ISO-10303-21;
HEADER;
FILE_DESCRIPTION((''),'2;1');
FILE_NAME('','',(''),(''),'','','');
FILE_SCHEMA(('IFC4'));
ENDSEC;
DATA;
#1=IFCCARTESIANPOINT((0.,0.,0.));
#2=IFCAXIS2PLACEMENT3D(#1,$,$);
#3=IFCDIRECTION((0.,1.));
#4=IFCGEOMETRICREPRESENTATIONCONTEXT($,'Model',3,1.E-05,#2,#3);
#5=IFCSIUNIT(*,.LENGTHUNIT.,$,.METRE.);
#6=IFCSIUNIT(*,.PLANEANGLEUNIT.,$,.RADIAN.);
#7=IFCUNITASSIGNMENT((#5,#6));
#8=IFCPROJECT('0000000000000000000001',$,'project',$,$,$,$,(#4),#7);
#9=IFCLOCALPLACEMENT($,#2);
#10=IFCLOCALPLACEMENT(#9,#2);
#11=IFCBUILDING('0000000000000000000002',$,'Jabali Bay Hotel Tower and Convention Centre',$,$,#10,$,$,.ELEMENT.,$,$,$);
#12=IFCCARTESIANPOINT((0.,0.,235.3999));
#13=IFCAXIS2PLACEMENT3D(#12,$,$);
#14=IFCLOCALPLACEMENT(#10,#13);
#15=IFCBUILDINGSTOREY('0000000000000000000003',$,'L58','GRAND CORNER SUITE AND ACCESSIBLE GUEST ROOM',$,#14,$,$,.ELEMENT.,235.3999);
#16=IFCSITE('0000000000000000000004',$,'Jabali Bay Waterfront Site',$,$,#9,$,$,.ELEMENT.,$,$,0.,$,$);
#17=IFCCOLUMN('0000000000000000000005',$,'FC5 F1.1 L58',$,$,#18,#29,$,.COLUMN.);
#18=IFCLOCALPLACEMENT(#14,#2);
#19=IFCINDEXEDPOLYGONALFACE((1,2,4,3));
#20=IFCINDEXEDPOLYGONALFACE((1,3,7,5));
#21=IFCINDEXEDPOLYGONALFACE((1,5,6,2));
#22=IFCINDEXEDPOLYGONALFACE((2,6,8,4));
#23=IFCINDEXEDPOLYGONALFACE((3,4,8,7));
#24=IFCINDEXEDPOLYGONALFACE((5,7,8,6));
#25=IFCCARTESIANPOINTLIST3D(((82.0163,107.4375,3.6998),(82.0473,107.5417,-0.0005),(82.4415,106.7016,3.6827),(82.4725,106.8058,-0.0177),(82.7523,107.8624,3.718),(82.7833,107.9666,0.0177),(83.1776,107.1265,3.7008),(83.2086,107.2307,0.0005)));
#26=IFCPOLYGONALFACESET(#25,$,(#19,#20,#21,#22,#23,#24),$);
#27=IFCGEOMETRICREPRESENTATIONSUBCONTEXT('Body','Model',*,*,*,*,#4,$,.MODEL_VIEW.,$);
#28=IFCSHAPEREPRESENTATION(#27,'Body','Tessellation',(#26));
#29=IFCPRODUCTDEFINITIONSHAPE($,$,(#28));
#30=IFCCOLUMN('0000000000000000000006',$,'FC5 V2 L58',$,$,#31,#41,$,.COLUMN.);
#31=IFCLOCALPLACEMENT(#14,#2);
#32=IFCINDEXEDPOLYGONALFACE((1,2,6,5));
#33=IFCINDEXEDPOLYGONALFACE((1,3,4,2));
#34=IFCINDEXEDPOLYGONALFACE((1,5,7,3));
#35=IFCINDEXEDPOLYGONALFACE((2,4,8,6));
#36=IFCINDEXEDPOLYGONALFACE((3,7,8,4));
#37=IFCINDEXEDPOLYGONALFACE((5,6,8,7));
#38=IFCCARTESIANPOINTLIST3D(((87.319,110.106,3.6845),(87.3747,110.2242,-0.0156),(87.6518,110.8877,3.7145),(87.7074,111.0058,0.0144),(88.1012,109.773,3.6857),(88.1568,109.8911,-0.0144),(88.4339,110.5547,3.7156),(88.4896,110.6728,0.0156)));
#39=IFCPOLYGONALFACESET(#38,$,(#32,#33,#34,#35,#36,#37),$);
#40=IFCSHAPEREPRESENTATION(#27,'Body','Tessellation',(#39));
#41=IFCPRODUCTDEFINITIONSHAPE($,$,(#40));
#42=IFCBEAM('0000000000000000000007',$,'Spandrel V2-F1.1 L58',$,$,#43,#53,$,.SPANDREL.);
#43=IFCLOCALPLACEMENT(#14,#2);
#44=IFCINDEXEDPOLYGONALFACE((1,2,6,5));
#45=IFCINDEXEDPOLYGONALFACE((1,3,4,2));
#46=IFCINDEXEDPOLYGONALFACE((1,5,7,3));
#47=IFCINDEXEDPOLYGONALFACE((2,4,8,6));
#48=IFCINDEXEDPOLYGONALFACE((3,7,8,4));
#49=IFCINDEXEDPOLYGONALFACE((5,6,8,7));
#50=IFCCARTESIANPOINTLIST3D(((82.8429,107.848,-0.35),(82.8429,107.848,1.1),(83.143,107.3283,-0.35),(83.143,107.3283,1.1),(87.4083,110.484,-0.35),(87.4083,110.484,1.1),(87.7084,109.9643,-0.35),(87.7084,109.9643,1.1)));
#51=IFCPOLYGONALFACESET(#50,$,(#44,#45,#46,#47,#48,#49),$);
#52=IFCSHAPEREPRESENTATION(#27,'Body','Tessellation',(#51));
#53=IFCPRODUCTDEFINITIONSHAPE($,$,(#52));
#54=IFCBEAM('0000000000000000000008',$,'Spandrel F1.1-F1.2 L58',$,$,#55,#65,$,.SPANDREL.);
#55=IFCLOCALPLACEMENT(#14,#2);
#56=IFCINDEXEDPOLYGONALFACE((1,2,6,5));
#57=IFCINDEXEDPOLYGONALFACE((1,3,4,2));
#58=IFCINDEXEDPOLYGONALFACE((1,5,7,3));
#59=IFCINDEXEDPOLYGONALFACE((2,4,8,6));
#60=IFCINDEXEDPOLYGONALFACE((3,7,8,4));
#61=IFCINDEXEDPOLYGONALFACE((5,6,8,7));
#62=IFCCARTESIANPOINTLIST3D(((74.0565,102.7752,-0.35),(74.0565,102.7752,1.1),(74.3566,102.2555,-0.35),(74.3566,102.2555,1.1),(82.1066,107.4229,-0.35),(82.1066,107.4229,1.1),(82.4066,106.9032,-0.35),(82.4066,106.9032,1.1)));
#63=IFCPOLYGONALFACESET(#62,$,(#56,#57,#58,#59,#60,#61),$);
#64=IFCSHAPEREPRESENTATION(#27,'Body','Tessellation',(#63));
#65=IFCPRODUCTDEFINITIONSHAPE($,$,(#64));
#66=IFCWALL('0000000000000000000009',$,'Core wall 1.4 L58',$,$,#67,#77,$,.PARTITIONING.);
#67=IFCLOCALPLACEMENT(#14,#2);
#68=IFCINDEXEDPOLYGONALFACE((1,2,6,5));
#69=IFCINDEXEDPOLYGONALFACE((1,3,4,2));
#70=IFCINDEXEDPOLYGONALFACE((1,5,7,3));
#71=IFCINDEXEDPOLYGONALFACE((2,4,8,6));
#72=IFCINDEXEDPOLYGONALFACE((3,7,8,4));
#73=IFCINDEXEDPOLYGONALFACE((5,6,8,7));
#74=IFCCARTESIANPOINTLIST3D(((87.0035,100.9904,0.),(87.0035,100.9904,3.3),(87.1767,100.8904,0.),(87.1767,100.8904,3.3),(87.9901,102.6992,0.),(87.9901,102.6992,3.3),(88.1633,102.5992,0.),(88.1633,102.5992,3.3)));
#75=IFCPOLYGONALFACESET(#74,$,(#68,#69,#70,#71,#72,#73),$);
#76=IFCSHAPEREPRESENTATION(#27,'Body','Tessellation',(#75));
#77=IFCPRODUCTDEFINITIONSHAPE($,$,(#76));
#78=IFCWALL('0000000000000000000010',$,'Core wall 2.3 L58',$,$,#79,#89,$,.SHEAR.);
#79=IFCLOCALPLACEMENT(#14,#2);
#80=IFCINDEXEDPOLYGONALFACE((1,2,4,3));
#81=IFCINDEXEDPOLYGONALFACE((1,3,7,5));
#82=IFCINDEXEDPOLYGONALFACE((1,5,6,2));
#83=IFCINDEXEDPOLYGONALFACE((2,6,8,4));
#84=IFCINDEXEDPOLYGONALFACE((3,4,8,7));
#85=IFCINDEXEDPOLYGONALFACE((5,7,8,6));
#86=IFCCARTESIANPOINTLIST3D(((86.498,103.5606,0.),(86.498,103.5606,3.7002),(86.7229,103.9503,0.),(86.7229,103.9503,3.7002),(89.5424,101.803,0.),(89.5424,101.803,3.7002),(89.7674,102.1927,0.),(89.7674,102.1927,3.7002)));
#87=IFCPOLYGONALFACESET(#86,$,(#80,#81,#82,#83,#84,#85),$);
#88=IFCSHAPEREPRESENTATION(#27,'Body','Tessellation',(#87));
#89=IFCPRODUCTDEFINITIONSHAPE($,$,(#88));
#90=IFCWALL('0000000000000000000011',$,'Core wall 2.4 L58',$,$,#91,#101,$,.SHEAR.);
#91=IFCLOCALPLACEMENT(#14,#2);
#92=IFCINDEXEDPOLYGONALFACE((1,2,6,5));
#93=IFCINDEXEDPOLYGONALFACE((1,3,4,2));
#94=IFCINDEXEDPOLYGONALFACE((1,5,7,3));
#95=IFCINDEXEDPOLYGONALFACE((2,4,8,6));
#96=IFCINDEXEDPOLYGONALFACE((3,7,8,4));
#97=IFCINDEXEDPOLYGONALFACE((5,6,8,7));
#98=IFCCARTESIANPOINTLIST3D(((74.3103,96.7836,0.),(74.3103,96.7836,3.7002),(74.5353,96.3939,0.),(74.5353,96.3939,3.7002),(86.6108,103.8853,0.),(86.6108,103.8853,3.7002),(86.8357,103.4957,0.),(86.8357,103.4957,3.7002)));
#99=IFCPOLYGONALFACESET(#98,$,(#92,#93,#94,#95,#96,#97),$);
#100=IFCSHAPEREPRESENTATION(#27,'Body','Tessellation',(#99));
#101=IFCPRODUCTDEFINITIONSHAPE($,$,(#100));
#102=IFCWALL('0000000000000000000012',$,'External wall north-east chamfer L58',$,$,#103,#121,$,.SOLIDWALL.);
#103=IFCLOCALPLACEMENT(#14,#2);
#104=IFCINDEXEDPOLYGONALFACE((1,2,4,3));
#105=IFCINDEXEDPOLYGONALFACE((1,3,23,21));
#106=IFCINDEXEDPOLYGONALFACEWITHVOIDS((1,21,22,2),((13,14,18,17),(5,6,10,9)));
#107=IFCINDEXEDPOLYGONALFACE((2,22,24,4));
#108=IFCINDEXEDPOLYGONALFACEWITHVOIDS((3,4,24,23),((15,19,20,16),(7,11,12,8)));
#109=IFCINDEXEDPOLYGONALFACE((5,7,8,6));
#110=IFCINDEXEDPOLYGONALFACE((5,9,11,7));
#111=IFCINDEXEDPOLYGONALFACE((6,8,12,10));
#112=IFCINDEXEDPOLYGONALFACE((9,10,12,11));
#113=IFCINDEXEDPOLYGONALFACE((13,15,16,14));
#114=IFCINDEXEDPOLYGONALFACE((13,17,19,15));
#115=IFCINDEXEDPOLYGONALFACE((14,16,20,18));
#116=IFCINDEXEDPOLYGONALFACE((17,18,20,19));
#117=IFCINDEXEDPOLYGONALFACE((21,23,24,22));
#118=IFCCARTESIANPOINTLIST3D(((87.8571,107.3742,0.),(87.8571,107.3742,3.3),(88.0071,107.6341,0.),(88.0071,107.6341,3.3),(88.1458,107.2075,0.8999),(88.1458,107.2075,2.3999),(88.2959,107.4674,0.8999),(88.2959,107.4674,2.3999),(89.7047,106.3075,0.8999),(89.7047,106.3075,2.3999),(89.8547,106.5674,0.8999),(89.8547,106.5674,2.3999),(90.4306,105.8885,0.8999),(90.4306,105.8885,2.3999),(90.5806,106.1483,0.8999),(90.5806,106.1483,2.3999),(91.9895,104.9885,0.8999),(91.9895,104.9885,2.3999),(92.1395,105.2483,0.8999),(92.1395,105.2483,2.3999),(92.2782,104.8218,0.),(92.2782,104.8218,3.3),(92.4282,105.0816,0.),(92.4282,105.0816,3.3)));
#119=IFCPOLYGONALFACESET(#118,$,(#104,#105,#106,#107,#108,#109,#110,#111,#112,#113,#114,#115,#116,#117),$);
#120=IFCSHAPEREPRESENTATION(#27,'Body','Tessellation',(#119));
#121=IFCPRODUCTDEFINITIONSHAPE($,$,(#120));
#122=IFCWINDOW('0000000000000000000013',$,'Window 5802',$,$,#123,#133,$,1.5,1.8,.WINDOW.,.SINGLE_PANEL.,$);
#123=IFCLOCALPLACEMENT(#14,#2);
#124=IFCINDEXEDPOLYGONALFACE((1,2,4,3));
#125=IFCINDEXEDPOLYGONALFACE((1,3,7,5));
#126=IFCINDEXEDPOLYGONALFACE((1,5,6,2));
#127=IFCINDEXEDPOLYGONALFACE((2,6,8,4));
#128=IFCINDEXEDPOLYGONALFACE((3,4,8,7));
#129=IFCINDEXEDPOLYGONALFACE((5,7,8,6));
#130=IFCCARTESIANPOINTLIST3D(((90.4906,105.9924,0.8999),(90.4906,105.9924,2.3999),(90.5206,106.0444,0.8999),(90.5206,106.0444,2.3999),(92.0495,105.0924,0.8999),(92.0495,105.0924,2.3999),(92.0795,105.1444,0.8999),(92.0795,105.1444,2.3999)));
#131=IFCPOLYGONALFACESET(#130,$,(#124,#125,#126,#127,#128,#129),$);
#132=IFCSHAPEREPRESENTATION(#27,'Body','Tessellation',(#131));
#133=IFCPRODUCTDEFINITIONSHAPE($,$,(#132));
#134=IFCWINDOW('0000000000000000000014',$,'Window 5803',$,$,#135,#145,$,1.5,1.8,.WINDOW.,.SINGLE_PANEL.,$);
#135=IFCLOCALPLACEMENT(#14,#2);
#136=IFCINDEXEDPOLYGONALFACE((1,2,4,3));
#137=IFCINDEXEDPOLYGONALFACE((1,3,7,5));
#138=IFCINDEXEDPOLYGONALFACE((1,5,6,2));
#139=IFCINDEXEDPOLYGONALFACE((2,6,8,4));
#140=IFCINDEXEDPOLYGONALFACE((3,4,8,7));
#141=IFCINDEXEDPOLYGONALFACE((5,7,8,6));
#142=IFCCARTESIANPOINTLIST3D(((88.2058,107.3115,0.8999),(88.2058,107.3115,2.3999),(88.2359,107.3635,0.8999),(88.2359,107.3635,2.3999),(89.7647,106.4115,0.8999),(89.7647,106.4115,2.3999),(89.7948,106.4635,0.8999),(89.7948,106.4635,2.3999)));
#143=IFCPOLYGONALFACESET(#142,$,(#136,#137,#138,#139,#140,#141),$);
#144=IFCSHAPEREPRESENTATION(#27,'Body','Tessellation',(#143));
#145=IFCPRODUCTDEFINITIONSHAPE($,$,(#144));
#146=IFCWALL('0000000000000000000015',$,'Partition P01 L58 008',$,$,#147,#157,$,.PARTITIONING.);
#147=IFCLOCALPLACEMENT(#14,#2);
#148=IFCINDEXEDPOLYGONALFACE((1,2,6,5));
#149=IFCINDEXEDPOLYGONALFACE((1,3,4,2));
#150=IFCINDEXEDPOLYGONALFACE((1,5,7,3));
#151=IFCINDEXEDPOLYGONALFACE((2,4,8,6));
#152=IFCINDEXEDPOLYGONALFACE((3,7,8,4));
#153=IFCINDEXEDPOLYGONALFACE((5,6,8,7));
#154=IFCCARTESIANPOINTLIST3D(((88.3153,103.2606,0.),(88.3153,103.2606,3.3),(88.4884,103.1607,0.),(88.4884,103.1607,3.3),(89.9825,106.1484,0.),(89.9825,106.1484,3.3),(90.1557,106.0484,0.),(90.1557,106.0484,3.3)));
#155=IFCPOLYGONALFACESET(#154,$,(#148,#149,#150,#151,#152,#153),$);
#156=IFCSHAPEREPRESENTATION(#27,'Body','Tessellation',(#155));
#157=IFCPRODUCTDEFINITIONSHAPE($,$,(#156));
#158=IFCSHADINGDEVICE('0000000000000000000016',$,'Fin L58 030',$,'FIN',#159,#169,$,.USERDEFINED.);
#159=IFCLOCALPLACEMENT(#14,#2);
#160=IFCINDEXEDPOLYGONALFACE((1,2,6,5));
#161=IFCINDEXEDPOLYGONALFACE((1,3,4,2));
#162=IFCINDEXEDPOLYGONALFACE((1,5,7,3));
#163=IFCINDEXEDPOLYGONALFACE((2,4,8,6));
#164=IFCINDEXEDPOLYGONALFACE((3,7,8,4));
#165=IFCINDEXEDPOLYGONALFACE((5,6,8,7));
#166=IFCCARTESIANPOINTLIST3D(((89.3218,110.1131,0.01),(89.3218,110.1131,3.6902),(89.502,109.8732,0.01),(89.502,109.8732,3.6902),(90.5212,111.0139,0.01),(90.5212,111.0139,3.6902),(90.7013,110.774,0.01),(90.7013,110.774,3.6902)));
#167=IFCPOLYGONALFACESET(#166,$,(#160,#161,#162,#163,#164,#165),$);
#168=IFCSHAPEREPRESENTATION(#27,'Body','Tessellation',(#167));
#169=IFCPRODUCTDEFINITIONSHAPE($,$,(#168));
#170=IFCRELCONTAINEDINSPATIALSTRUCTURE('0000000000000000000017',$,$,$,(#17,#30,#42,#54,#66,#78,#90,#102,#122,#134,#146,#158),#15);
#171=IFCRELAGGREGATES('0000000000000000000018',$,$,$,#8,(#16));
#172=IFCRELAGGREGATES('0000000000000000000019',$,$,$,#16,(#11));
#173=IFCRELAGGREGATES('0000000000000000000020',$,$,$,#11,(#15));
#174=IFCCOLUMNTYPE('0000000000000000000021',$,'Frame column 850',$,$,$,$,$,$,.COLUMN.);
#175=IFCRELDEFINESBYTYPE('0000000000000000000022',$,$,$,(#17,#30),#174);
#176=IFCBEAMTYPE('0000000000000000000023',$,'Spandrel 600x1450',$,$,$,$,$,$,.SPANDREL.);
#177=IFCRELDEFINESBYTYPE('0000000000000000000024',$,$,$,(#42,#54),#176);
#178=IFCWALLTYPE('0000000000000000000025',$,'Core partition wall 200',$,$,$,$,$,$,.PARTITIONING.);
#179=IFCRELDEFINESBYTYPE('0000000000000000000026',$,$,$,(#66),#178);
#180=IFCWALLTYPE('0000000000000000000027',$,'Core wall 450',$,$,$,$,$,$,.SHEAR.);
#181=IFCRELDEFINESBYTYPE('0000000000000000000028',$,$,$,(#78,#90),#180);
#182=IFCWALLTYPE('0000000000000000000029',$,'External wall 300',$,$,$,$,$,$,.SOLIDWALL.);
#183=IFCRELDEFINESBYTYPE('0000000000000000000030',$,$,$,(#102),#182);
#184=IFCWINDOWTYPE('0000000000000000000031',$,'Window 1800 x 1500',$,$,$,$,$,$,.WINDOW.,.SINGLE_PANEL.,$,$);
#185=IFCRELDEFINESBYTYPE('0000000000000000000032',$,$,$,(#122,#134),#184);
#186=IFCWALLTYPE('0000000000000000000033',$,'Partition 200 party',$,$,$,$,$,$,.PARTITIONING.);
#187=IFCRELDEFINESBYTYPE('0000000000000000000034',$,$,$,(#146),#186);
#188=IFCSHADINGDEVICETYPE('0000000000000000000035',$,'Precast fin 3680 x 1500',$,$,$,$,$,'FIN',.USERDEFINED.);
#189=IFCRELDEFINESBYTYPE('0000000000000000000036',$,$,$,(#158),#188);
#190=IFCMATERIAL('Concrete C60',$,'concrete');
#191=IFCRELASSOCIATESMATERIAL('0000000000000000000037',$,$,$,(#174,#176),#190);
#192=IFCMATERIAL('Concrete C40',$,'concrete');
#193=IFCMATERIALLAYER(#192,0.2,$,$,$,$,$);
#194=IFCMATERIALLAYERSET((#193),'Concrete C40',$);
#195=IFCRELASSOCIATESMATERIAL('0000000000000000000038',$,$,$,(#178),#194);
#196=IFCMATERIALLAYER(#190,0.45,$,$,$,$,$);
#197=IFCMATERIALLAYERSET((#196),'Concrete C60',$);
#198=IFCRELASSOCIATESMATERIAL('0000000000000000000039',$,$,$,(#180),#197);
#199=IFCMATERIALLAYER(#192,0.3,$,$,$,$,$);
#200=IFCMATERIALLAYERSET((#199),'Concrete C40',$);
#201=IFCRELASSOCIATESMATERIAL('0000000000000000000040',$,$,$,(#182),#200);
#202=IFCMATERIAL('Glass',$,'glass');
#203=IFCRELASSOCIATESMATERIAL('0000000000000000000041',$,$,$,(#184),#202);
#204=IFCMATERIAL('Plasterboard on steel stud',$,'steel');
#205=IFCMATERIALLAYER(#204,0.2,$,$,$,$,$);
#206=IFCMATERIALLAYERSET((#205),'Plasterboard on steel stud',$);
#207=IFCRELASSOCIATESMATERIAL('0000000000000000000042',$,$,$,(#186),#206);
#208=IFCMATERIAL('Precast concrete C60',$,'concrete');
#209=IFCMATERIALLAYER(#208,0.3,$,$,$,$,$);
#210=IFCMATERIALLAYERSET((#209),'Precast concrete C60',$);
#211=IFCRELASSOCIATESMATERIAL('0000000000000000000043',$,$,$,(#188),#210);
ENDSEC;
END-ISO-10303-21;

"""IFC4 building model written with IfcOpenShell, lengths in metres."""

from ifc_helpers import new_model, si_unit, direction, frame, frame_2d, origin, origin_2d, place, context, subcontext, project, spatial, rectangle, extrude, material, layer, layer_set, material_profile, profile_set, type_object, element, fill, save


model = new_model("IFC4")

# Units and contexts
model_context = context("Model", 3, precision=1e-05, world=origin(), true_north=direction((0.0, 1.0)))
body_context = subcontext(model_context, "Body", "Model", "MODEL_VIEW")
ifc_project = project(units=[si_unit("LENGTHUNIT", "METRE"), si_unit("PLANEANGLEUNIT", "RADIAN")], contexts=[model_context])

# Site, building, storey
site_placement = place(None, origin())
site = spatial("IfcSite", under=ifc_project, at=site_placement, Name="Jabali Bay Waterfront Site", CompositionType="ELEMENT", RefElevation=0.0)
building_placement = place(site_placement, origin())
building = spatial("IfcBuilding", under=site, at=building_placement, Name="Jabali Bay Hotel Tower and Convention Centre", CompositionType="ELEMENT")
storey_placement = place(building_placement, frame((0.0, 0.0, 235.3999)))
storey = spatial("IfcBuildingStorey", under=building, at=storey_placement, Name="L58", Description="GRAND CORNER SUITE AND ACCESSIBLE GUEST ROOM", CompositionType="ELEMENT", Elevation=235.3999)

# Columns
ifc_material_1 = material(Name="Concrete C60", Category="concrete")
ifc_material_profile_1 = material_profile(ifc_material_1, rectangle(XDim=0.8501, YDim=0.8501, at=origin_2d()), Name="Frame column 850")
ifc_profile_set_1 = profile_set([ifc_material_profile_1], Name="Concrete C60")
column_type = type_object("IfcColumnType", Name="Frame column 850", PredefinedType="COLUMN", material=ifc_profile_set_1)
column_1_placement = place(storey_placement, frame((82.6279, 107.3862, 0.0), z_axis=(-0.008376, -0.028161, 0.999568), x_axis=(0.865851, 0.499847, 0.021338)))
element("IfcColumn", 1, at=column_1_placement, inside=storey, type_object=column_type, Name="FC5 F1.1 L58", PredefinedType="COLUMN", context=body_context, shape_type="SweptSolid", body=[
    extrude(rectangle(XDim=0.8501, YDim=0.8501, at=origin_2d()), origin(), (0.0, 0.0, 1.0), 3.7019),
])
column_2_placement = place(storey_placement, frame((87.9321, 110.4485, 0.0), z_axis=(-0.015034, -0.031915, 0.999378), x_axis=(0.920073, -0.391744, 0.001331)))
element("IfcColumn", 2, at=column_2_placement, inside=storey, type_object=column_type, Name="FC5 V2 L58", PredefinedType="COLUMN", context=body_context, shape_type="SweptSolid", body=[
    extrude(rectangle(XDim=0.8501, YDim=0.8501, at=origin_2d()), origin(), (0.0, 0.0, 1.0), 3.7024),
])

# Beams
ifc_material_profile_2 = material_profile(ifc_material_1, rectangle(XDim=0.6001, YDim=1.45, at=origin_2d()), Name="Spandrel 600x1450")
ifc_profile_set_2 = profile_set([ifc_material_profile_2], Name="Concrete C60")
beam_type = type_object("IfcBeamType", Name="Spandrel 600x1450", PredefinedType="SPANDREL", material=ifc_profile_set_2)
beam_1_placement = place(storey_placement, frame((87.5583, 110.2241, 0.375), z_axis=(-0.866014, -0.500019, 0.0), x_axis=(0.500019, -0.866014, 0.0)))
element("IfcBeam", 3, at=beam_1_placement, inside=storey, type_object=beam_type, Name="Spandrel V2-F1.1 L58", PredefinedType="SPANDREL", context=body_context, shape_type="SweptSolid", body=[
    extrude(rectangle(XDim=0.6001, YDim=1.45, at=origin_2d()), origin(), (0.0, 0.0, 1.0), 5.2717),
])
beam_2_placement = place(storey_placement, frame((82.2566, 107.1631, 0.375), z_axis=(-0.866025, -0.500001, 0.0), x_axis=(0.500001, -0.866025, 0.0)))
element("IfcBeam", 4, at=beam_2_placement, inside=storey, type_object=beam_type, Name="Spandrel F1.1-F1.2 L58", PredefinedType="SPANDREL", context=body_context, shape_type="SweptSolid", body=[
    extrude(rectangle(XDim=0.6001, YDim=1.45, at=origin_2d()), origin(), (0.0, 0.0, 1.0), 9.2954),
])

# Walls
ifc_material_2 = material(Name="Concrete C40", Category="concrete")
ifc_layer_1 = layer(ifc_material_2, 0.2)
ifc_layer_set_1 = layer_set([ifc_layer_1], Name="Concrete C40")
wall_type_1 = type_object("IfcWallType", Name="Core partition wall 200", PredefinedType="PARTITIONING", material=ifc_layer_set_1)
wall_1_placement = place(storey_placement, frame((87.0901, 100.9404, 0.0), z_axis=(0.0, 0.0, 1.0), x_axis=(0.500012, 0.866019, 0.0)))
element("IfcWall", 5, at=wall_1_placement, inside=storey, type_object=wall_type_1, Name="Core wall 1.4 L58", PredefinedType="PARTITIONING", context=body_context, shape_type="SweptSolid", body=[
    extrude(rectangle(XDim=1.9731, YDim=0.2, at=frame_2d((0.9866, 0.0))), origin(), (0.0, 0.0, 1.0), 3.3),
])
ifc_layer_2 = layer(ifc_material_1, 0.45)
ifc_layer_set_2 = layer_set([ifc_layer_2], Name="Concrete C60")
wall_type_2 = type_object("IfcWallType", Name="Core wall 450", PredefinedType="SHEAR", material=ifc_layer_set_2)
wall_2_placement = place(storey_placement, frame((89.655, 101.9978, 0.0), z_axis=(0.0, 0.0, 1.0), x_axis=(-0.866042, 0.499971, 0.0)))
element("IfcWall", 6, at=wall_2_placement, inside=storey, type_object=wall_type_2, Name="Core wall 2.3 L58", PredefinedType="SHEAR", context=body_context, shape_type="SweptSolid", body=[
    extrude(rectangle(XDim=3.5154, YDim=0.45, at=frame_2d((1.7578, 0.0))), origin(), (0.0, 0.0, 1.0), 3.7002),
])
wall_3_placement = place(storey_placement, frame((86.7231, 103.6904, 0.0), z_axis=(0.0, 0.0, 1.0), x_axis=(-0.866023, -0.500005, 0.0)))
element("IfcWall", 7, at=wall_3_placement, inside=storey, type_object=wall_type_2, Name="Core wall 2.4 L58", PredefinedType="SHEAR", context=body_context, shape_type="SweptSolid", body=[
    extrude(rectangle(XDim=14.2034, YDim=0.45, at=frame_2d((7.1016, 0.0))), origin(), (0.0, 0.0, 1.0), 3.7002),
])

# Wall, openings, windows
ifc_layer_3 = layer(ifc_material_2, 0.3)
ifc_layer_set_3 = layer_set([ifc_layer_3], Name="Concrete C40")
wall_type_3 = type_object("IfcWallType", Name="External wall 300", PredefinedType="SOLIDWALL", material=ifc_layer_set_3)
wall_4_placement = place(storey_placement, frame((87.9321, 107.5042, 0.0), z_axis=(0.0, 0.0, 1.0), x_axis=(0.86603, -0.499992, 0.0)))
wall_4 = element("IfcWall", 8, at=wall_4_placement, inside=storey, type_object=wall_type_3, Name="External wall north-east chamfer L58", PredefinedType="SOLIDWALL", context=body_context, shape_type="SweptSolid", body=[
    extrude(rectangle(XDim=5.105, YDim=0.3, at=frame_2d((2.5525, 0.0))), origin(), (0.0, 0.0, 1.0), 3.3),
])
opening_1_placement = place(wall_4_placement, frame((2.9717, 0.0, 0.8999)))
opening_1 = element("IfcOpeningElement", 9, at=opening_1_placement, cuts=wall_4, PredefinedType="OPENING", context=body_context, shape_type="SweptSolid", body=[
    extrude(rectangle(XDim=1.8, YDim=1.5, at=frame_2d((0.8999, 0.75))), frame((0.0, 0.1606, 0.0), z_axis=(0.0, -1.0, 0.0), x_axis=(1.0, 0.0, 0.0)), (0.0, 0.0, 1.0), 0.321),
])
opening_2_placement = place(wall_4_placement, frame((0.3335, 0.0, 0.8999)))
opening_2 = element("IfcOpeningElement", 10, at=opening_2_placement, cuts=wall_4, PredefinedType="OPENING", context=body_context, shape_type="SweptSolid", body=[
    extrude(rectangle(XDim=1.8, YDim=1.5, at=frame_2d((0.8999, 0.75))), frame((0.0, 0.1606, 0.0), z_axis=(0.0, -1.0, 0.0), x_axis=(1.0, 0.0, 0.0)), (0.0, 0.0, 1.0), 0.321),
])
ifc_material_3 = material(Name="Glass", Category="glass")
window_type = type_object("IfcWindowType", Name="Window 1800 x 1500", PartitioningType="SINGLE_PANEL", PredefinedType="WINDOW", material=ifc_material_3)
window_1_placement = place(opening_1_placement, origin())
window_1 = element("IfcWindow", 11, at=window_1_placement, inside=storey, type_object=window_type, Name="Window 5802", OverallHeight=1.5, OverallWidth=1.8, PartitioningType="SINGLE_PANEL", PredefinedType="WINDOW", context=body_context, shape_type="SweptSolid", body=[
    extrude(rectangle(XDim=1.8, YDim=1.5, at=frame_2d((0.8999, 0.75))), frame((0.0, 0.03, 0.0), z_axis=(0.0, -1.0, 0.0), x_axis=(1.0, 0.0, 0.0)), (0.0, 0.0, 1.0), 0.0601),
])
fill(opening_1, window_1)
window_2_placement = place(opening_2_placement, origin())
window_2 = element("IfcWindow", 12, at=window_2_placement, inside=storey, type_object=window_type, Name="Window 5803", OverallHeight=1.5, OverallWidth=1.8, PartitioningType="SINGLE_PANEL", PredefinedType="WINDOW", context=body_context, shape_type="SweptSolid", body=[
    extrude(rectangle(XDim=1.8, YDim=1.5, at=frame_2d((0.8999, 0.75))), frame((0.0, 0.03, 0.0), z_axis=(0.0, -1.0, 0.0), x_axis=(1.0, 0.0, 0.0)), (0.0, 0.0, 1.0), 0.0601),
])
fill(opening_2, window_2)

# Wall
ifc_material_4 = material(Name="Plasterboard on steel stud", Category="steel")
ifc_layer_4 = layer(ifc_material_4, 0.2)
ifc_layer_set_4 = layer_set([ifc_layer_4], Name="Plasterboard on steel stud")
wall_type_4 = type_object("IfcWallType", Name="Partition 200 party", PredefinedType="PARTITIONING", material=ifc_layer_set_4)
wall_5_placement = place(storey_placement, frame((90.0691, 106.0984, 0.0), z_axis=(0.0, 0.0, 1.0), x_axis=(-0.500006, -0.866022, 0.0)))
element("IfcWall", 13, at=wall_5_placement, inside=storey, type_object=wall_type_4, Name="Partition P01 L58 008", PredefinedType="PARTITIONING", context=body_context, shape_type="SweptSolid", body=[
    extrude(rectangle(XDim=3.3345, YDim=0.2, at=frame_2d((1.6672, 0.0))), origin(), (0.0, 0.0, 1.0), 3.3),
])

# Shading device
ifc_material_5 = material(Name="Precast concrete C60", Category="concrete")
ifc_layer_5 = layer(ifc_material_5, 0.3)
ifc_layer_set_5 = layer_set([ifc_layer_5], Name="Precast concrete C60")
shading_device_type = type_object("IfcShadingDeviceType", Name="Precast fin 3680 x 1500", ElementType="FIN", PredefinedType="USERDEFINED", material=ifc_layer_set_5)
for number, where, z_axis, x_axis, name in (
    (14, (89.4119, 109.9932, 0.01), (0.0, 0.0, 1.0), (0.79959, 0.600547, 0.0), "Fin L58 030"),
):
    element("IfcShadingDevice", number, at=place(storey_placement, frame(where, z_axis=z_axis, x_axis=x_axis)), inside=storey, type_object=shading_device_type, Name=name, ObjectType="FIN", PredefinedType="USERDEFINED", context=body_context, shape_type="SweptSolid", body=[
        extrude(rectangle(XDim=1.5, YDim=0.3, at=frame_2d((0.75, 0.0))), origin(), (0.0, 0.0, 1.0), 3.6802),
    ])

save(model, "model.ifc")
